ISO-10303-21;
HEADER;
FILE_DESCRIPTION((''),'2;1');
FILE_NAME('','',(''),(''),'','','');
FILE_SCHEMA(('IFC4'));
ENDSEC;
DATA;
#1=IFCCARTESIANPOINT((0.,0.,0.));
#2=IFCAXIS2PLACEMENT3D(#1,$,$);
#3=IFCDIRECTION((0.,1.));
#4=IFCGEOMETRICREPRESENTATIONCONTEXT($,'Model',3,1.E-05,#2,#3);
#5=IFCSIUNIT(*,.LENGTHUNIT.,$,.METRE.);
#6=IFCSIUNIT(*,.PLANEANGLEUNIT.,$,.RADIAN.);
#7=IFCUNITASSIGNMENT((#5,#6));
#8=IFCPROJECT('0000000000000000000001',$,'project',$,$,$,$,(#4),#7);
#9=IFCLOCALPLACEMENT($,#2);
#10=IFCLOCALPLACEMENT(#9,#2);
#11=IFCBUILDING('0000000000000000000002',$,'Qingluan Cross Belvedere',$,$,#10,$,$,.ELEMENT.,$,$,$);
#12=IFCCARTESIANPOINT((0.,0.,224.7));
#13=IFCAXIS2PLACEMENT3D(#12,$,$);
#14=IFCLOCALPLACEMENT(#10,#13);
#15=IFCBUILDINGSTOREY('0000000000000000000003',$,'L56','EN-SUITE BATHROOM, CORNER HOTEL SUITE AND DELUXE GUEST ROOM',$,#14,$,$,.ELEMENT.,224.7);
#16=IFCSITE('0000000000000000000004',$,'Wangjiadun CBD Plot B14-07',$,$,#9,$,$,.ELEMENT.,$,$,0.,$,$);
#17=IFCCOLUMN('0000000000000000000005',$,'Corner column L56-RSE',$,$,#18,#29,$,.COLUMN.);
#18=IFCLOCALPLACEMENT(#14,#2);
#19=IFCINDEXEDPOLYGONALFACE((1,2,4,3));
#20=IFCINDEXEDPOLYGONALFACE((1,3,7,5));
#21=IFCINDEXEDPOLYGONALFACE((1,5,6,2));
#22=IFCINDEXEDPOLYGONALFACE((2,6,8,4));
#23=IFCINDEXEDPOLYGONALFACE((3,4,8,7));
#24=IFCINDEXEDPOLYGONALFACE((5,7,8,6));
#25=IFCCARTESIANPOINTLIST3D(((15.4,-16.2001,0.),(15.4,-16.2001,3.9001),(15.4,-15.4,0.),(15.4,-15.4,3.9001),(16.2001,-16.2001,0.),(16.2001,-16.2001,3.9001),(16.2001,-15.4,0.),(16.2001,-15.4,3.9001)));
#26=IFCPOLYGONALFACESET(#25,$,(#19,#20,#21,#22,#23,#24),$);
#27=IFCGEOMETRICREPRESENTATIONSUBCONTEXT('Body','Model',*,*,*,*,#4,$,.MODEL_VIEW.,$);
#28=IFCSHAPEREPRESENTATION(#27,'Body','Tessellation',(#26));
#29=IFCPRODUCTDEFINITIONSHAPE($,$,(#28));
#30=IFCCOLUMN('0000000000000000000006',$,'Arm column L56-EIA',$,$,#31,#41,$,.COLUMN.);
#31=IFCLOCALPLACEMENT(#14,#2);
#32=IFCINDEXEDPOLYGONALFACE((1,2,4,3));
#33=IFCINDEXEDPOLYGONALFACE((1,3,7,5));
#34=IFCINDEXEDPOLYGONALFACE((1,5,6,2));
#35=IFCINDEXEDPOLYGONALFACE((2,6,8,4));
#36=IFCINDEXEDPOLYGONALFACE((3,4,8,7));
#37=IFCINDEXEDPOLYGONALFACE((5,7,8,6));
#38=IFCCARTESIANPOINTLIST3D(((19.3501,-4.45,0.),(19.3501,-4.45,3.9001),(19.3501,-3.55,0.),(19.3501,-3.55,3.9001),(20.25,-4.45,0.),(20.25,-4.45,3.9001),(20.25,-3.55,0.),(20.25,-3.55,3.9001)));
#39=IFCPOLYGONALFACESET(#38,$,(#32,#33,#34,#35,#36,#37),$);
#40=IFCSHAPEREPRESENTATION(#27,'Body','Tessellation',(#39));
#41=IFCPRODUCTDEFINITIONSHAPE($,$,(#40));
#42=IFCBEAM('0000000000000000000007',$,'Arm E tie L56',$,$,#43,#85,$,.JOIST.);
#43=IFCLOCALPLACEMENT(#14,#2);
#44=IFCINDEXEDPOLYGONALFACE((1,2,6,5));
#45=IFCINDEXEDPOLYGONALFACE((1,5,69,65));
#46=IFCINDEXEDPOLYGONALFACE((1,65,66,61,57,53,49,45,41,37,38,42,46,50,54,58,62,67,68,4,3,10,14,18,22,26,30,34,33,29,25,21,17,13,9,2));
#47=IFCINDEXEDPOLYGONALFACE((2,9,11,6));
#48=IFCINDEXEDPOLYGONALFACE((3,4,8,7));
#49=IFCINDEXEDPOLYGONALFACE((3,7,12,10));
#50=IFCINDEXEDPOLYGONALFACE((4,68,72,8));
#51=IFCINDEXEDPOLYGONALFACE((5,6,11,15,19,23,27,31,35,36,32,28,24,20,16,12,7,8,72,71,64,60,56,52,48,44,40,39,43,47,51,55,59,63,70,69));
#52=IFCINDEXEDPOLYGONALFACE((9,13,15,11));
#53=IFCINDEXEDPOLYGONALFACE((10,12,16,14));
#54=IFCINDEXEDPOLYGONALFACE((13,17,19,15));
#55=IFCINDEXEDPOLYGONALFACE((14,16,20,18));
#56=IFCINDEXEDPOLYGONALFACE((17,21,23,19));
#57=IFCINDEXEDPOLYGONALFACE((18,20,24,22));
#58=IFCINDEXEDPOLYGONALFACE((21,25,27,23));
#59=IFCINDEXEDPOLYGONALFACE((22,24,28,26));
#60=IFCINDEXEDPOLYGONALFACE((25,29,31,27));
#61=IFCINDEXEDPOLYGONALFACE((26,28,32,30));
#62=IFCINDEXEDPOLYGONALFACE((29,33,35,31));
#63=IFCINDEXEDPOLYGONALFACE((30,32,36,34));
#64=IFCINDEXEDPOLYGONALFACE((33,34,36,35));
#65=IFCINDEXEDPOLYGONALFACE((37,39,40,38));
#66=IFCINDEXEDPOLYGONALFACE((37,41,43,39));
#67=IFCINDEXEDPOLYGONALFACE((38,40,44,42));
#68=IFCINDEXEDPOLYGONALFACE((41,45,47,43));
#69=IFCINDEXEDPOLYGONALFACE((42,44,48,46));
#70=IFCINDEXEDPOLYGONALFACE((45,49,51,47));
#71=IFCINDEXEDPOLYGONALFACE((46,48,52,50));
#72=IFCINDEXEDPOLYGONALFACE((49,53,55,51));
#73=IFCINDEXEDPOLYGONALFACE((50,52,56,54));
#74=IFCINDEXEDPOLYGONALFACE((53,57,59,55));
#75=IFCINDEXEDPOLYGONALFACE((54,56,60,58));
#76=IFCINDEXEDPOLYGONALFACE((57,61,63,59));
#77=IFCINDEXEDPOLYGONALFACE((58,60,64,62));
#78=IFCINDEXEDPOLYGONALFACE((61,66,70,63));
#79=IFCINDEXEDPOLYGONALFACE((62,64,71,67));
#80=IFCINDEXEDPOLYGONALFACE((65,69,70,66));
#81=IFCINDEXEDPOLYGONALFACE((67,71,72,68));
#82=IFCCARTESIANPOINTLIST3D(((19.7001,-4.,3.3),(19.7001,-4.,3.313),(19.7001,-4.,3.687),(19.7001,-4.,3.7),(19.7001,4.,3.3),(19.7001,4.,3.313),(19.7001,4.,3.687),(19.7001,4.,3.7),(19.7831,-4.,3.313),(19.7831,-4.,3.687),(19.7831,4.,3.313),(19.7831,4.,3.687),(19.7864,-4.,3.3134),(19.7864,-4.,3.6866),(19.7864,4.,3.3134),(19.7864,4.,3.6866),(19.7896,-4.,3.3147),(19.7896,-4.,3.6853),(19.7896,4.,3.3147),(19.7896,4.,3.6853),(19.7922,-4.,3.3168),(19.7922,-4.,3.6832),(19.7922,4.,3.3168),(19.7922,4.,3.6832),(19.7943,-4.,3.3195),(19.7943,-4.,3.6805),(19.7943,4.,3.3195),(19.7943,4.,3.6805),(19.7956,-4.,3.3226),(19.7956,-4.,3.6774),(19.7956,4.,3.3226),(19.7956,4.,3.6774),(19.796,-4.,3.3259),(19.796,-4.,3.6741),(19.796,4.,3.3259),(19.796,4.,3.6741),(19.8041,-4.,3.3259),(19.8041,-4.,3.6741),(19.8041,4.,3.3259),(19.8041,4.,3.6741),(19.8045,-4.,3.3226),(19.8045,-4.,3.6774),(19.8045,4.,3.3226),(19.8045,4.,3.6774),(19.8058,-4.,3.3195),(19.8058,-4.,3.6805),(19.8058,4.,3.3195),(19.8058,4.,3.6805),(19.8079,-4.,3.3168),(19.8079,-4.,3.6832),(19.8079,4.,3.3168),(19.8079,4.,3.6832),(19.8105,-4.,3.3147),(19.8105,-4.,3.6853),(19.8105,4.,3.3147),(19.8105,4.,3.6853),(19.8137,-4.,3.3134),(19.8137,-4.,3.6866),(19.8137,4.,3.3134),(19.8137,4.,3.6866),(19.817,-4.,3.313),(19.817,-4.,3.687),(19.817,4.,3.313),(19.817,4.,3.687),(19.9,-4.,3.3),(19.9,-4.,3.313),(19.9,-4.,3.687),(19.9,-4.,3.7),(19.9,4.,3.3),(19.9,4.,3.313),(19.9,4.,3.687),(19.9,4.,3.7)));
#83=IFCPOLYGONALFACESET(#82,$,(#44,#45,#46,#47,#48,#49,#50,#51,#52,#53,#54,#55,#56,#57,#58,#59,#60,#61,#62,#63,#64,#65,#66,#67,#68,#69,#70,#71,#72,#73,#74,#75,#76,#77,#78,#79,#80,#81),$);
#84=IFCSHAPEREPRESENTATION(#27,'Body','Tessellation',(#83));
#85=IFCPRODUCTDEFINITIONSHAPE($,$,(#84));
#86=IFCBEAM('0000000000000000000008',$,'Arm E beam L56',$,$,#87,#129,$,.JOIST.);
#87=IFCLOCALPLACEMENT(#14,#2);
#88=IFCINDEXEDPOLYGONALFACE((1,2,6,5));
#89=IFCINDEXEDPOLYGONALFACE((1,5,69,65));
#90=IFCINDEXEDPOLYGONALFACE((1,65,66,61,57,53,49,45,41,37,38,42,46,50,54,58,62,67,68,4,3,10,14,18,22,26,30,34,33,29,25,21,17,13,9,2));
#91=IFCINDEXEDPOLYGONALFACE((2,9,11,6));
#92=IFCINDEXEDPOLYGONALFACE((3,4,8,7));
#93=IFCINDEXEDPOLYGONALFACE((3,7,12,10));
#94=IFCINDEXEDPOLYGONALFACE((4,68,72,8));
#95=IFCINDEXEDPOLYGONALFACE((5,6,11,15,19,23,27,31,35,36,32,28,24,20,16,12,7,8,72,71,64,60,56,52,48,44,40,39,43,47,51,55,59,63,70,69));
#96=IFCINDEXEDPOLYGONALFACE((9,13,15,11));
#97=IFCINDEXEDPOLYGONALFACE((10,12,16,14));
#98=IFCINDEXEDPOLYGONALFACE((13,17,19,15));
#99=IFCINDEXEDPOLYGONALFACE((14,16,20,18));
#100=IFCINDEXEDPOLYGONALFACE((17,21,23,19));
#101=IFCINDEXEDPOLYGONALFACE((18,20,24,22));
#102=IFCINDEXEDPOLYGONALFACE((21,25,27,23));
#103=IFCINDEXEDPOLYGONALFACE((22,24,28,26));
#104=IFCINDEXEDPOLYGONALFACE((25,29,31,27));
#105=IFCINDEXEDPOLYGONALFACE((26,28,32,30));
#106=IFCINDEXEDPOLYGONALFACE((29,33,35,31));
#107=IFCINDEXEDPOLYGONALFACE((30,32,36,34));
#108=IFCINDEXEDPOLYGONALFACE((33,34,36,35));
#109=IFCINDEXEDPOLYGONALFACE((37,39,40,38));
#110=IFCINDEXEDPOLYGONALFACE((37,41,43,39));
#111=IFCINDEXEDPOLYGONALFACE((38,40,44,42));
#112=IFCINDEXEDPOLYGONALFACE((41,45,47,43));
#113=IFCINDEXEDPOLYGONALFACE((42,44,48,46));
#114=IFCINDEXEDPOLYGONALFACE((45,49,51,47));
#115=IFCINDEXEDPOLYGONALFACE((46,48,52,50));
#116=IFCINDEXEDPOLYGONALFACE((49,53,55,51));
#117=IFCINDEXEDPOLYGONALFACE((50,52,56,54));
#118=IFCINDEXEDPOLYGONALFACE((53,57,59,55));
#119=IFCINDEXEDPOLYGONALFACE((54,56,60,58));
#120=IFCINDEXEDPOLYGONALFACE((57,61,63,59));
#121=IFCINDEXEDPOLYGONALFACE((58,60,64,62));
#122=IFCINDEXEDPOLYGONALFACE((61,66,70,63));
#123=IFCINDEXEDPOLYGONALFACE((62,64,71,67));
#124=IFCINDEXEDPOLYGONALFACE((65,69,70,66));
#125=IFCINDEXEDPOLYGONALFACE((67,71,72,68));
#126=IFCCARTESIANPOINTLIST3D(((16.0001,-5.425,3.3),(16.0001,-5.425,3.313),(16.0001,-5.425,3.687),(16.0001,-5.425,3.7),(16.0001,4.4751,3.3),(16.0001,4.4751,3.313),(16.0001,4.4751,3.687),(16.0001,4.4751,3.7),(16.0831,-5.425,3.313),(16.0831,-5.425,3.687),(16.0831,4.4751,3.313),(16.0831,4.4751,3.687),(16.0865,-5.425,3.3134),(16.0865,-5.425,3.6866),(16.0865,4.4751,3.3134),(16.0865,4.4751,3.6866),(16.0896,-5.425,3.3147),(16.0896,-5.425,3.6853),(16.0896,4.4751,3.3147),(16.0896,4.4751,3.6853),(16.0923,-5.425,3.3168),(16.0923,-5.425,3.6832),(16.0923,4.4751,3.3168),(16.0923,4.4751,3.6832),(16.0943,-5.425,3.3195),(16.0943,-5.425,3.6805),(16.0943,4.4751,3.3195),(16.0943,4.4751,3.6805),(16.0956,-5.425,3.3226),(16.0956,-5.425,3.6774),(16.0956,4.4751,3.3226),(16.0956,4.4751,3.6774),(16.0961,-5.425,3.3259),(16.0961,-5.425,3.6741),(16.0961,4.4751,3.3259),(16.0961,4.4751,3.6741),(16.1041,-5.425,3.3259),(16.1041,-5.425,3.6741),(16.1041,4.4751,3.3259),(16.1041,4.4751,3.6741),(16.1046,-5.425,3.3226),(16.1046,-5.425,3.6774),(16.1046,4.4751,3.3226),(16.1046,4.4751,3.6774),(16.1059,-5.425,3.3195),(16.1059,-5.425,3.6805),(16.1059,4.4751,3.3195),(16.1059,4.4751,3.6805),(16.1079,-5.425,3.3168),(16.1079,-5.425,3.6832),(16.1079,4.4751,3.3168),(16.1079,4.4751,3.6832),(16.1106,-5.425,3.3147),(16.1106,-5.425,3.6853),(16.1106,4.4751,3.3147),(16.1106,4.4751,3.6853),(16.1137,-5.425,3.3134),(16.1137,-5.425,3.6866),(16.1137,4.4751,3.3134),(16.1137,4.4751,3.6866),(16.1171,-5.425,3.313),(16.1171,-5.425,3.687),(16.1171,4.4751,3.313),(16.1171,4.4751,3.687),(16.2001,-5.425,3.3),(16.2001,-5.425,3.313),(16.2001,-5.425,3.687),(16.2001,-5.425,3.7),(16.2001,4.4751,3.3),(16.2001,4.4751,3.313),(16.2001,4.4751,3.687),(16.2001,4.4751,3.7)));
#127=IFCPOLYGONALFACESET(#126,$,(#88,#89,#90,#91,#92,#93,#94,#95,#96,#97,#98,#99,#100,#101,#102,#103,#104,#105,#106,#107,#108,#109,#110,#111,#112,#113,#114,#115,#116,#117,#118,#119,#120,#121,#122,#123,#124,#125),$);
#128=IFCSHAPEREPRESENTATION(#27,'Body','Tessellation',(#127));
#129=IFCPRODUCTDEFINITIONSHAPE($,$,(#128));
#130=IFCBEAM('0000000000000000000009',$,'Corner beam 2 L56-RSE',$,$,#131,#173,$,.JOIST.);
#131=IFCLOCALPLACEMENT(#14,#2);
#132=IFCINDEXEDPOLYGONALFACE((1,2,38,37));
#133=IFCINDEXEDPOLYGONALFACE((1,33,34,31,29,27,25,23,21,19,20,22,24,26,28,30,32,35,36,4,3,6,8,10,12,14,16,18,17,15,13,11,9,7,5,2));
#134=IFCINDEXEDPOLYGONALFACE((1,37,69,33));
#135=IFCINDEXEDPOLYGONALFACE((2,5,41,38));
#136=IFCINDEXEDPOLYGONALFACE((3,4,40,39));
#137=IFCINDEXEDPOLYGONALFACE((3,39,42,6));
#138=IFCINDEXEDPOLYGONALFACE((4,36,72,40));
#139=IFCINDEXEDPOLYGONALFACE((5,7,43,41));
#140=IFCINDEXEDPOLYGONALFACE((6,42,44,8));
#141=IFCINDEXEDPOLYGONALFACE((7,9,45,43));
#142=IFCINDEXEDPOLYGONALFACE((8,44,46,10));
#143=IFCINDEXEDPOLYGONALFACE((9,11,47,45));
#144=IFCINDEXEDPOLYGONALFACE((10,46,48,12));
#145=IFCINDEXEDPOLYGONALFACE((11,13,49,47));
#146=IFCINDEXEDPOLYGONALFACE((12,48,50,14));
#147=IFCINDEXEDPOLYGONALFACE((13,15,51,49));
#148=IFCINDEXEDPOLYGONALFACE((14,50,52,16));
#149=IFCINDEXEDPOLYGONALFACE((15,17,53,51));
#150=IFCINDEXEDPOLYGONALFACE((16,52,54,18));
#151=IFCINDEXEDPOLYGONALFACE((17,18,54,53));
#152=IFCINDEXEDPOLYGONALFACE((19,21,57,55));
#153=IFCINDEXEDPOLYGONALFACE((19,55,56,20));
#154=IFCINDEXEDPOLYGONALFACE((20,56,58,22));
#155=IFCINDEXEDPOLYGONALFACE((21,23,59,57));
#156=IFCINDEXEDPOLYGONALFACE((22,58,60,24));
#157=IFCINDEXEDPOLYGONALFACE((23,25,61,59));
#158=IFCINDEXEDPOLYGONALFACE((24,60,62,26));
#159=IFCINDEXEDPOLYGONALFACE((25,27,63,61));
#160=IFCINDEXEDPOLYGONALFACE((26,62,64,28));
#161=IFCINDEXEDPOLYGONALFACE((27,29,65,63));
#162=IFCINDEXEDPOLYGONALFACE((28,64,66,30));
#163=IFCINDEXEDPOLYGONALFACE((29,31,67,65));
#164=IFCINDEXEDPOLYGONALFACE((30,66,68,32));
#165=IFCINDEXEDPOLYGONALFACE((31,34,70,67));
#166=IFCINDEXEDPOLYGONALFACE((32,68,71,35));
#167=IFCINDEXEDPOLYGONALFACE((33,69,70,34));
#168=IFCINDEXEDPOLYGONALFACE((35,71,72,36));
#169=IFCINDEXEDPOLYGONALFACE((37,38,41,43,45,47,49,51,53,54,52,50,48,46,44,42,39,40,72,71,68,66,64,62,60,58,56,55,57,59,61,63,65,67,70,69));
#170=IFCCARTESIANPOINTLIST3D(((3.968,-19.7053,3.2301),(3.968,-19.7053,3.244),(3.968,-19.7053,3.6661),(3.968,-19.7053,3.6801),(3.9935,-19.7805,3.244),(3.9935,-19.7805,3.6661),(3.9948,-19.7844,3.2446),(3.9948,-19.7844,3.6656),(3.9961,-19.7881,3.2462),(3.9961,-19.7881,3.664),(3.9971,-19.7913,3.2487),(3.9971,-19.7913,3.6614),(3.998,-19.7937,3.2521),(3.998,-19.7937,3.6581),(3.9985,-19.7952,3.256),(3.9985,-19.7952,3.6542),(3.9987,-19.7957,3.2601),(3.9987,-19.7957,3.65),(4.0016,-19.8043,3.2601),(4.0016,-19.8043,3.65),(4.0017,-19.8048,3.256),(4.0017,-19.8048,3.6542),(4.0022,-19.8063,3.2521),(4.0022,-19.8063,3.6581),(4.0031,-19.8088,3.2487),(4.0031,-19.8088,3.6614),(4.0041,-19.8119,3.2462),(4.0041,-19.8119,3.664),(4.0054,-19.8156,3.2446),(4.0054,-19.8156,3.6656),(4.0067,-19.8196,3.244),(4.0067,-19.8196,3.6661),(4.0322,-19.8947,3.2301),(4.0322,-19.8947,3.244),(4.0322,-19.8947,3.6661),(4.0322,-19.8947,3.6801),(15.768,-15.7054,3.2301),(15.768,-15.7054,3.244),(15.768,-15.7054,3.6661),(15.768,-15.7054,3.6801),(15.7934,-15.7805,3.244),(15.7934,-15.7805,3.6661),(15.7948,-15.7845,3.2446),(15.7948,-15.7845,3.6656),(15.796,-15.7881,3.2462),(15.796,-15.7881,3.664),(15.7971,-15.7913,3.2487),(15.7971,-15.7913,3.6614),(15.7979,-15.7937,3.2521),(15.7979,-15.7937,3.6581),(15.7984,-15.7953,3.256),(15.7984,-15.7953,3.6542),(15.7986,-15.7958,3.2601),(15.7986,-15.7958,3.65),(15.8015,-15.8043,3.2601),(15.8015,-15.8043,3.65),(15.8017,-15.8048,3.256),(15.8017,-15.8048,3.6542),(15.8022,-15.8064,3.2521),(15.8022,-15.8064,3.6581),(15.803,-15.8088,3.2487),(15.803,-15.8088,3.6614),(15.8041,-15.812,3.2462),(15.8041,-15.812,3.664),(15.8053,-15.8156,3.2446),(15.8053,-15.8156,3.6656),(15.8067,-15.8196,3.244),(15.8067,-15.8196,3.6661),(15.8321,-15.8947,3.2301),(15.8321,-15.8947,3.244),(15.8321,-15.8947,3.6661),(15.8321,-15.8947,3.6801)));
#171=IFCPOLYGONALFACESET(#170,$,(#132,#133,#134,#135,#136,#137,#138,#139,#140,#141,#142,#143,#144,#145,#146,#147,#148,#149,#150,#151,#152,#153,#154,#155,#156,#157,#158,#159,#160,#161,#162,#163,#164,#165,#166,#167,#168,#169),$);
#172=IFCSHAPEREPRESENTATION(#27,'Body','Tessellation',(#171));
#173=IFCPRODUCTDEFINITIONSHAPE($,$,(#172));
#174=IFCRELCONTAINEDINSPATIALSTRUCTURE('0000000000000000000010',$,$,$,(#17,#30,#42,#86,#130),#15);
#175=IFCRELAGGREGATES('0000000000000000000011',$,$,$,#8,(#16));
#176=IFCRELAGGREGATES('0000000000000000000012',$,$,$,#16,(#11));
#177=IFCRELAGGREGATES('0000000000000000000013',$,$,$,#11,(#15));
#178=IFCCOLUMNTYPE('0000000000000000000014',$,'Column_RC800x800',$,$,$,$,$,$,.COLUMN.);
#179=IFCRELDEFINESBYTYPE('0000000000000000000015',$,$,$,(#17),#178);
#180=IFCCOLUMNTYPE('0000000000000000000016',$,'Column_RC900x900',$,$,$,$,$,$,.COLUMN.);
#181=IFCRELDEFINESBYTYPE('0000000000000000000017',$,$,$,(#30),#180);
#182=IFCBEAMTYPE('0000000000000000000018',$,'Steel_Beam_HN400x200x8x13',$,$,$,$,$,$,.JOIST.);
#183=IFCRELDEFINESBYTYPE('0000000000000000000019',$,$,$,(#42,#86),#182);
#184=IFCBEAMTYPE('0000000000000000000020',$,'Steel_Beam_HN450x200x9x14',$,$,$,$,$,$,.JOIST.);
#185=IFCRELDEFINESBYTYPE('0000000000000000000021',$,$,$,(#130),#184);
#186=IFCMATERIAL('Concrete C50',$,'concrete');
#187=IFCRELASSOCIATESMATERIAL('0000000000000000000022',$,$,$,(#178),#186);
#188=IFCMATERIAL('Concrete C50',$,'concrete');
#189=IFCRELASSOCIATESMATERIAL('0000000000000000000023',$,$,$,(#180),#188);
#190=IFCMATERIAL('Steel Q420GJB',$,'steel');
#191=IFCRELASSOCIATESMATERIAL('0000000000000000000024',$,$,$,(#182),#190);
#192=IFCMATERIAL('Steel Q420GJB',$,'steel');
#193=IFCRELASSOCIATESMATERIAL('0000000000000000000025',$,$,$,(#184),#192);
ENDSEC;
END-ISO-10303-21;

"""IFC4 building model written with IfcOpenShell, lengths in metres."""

from ifc_helpers import new_model, si_unit, direction, frame, origin, origin_2d, place, context, subcontext, project, spatial, rectangle, i_section, extrude, material, material_profile, profile_set, type_object, element, save


model = new_model("IFC4")

# Units and contexts
model_context = context("Model", 3, precision=1e-05, world=origin(), true_north=direction((0.0, 1.0)))
body_context = subcontext(model_context, "Body", "Model", "MODEL_VIEW")
ifc_project = project(units=[si_unit("LENGTHUNIT", "METRE"), si_unit("PLANEANGLEUNIT", "RADIAN")], contexts=[model_context])

# Site, building, storey
site_placement = place(None, origin())
site = spatial("IfcSite", under=ifc_project, at=site_placement, Name="Wangjiadun CBD Plot B14-07", CompositionType="ELEMENT", RefElevation=0.0)
building_placement = place(site_placement, origin())
building = spatial("IfcBuilding", under=site, at=building_placement, Name="Qingluan Cross Belvedere", CompositionType="ELEMENT")
storey_placement = place(building_placement, frame((0.0, 0.0, 224.7)))
storey = spatial("IfcBuildingStorey", under=building, at=storey_placement, Name="L56", Description="EN-SUITE BATHROOM, CORNER HOTEL SUITE AND DELUXE GUEST ROOM", CompositionType="ELEMENT", Elevation=224.7)

# Columns
ifc_material_1 = material(Name="Concrete C50", Category="concrete")
ifc_material_profile_1 = material_profile(ifc_material_1, rectangle(XDim=0.8, YDim=0.8, at=origin_2d()), Name="RC800x800")
ifc_profile_set_1 = profile_set([ifc_material_profile_1], Name="Concrete C50")
column_type_1 = type_object("IfcColumnType", Name="Column_RC800x800", PredefinedType="COLUMN", material=ifc_profile_set_1)
column_1_placement = place(storey_placement, frame((15.8, -15.8, 0.0), z_axis=(0.0, 0.0, 1.0), x_axis=(1.0, 0.0, 0.0)))
element("IfcColumn", 1, at=column_1_placement, inside=storey, type_object=column_type_1, Name="Corner column L56-RSE", PredefinedType="COLUMN", context=body_context, shape_type="SweptSolid", body=[
    extrude(rectangle(XDim=0.8, YDim=0.8, at=origin_2d()), origin(), (0.0, 0.0, 1.0), 3.9001),
])
ifc_material_2 = material(Name="Concrete C50", Category="concrete")
ifc_material_profile_2 = material_profile(ifc_material_2, rectangle(XDim=0.8999, YDim=0.8999, at=origin_2d()), Name="RC900x900")
ifc_profile_set_2 = profile_set([ifc_material_profile_2], Name="Concrete C50")
column_type_2 = type_object("IfcColumnType", Name="Column_RC900x900", PredefinedType="COLUMN", material=ifc_profile_set_2)
column_2_placement = place(storey_placement, frame((19.8, -4.0, 0.0), z_axis=(0.0, 0.0, 1.0), x_axis=(1.0, 0.0, 0.0)))
element("IfcColumn", 2, at=column_2_placement, inside=storey, type_object=column_type_2, Name="Arm column L56-EIA", PredefinedType="COLUMN", context=body_context, shape_type="SweptSolid", body=[
    extrude(rectangle(XDim=0.8999, YDim=0.8999, at=origin_2d()), origin(), (0.0, 0.0, 1.0), 3.9001),
])

# Beams
ifc_material_3 = material(Name="Steel Q420GJB", Category="steel")
ifc_material_profile_3 = material_profile(ifc_material_3, i_section(OverallWidth=0.2, OverallDepth=0.3999, WebThickness=0.0081, FlangeThickness=0.0129, FilletRadius=0.0129, at=origin_2d()), Name="HN400x200x8x13")
ifc_profile_set_3 = profile_set([ifc_material_profile_3], Name="Steel Q420GJB")
beam_type_1 = type_object("IfcBeamType", Name="Steel_Beam_HN400x200x8x13", PredefinedType="JOIST", material=ifc_profile_set_3)
beam_1_placement = place(storey_placement, frame((19.8, -4.0, 3.5), z_axis=(0.0, 1.0, 0.0), x_axis=(-1.0, 0.0, 0.0)))
element("IfcBeam", 3, at=beam_1_placement, inside=storey, type_object=beam_type_1, Name="Arm E tie L56", PredefinedType="JOIST", context=body_context, shape_type="SweptSolid", body=[
    extrude(i_section(OverallWidth=0.2, OverallDepth=0.3999, WebThickness=0.0081, FlangeThickness=0.0129, FilletRadius=0.0129, at=origin_2d()), origin(), (0.0, 0.0, 1.0), 8.0),
])
beam_2_placement = place(storey_placement, frame((16.1001, -5.425, 3.5), z_axis=(0.0, 1.0, 0.0), x_axis=(-1.0, 0.0, 0.0)))
element("IfcBeam", 4, at=beam_2_placement, inside=storey, type_object=beam_type_1, Name="Arm E beam L56", PredefinedType="JOIST", context=body_context, shape_type="SweptSolid", body=[
    extrude(i_section(OverallWidth=0.2, OverallDepth=0.3999, WebThickness=0.0081, FlangeThickness=0.0129, FilletRadius=0.0129, at=origin_2d()), origin(), (0.0, 0.0, 1.0), 9.9001),
])
ifc_material_4 = material(Name="Steel Q420GJB", Category="steel")
ifc_material_profile_4 = material_profile(ifc_material_4, i_section(OverallWidth=0.2, OverallDepth=0.45, WebThickness=0.009, FlangeThickness=0.0139, FilletRadius=0.0161, at=origin_2d()), Name="HN450x200x9x14")
ifc_profile_set_4 = profile_set([ifc_material_profile_4], Name="Steel Q420GJB")
beam_type_2 = type_object("IfcBeamType", Name="Steel_Beam_HN450x200x9x14", PredefinedType="JOIST", material=ifc_profile_set_4)
for number, where, z_axis, x_axis, name in (
    (5, (15.8, -15.8, 3.4551), (-0.947066, -0.321038, 0.0), (0.321038, -0.947066, 0.0), "Corner beam 2 L56-RSE"),
):
    element("IfcBeam", number, at=place(storey_placement, frame(where, z_axis=z_axis, x_axis=x_axis)), inside=storey, type_object=beam_type_2, Name=name, PredefinedType="JOIST", context=body_context, shape_type="SweptSolid", body=[
        extrude(i_section(OverallWidth=0.2, OverallDepth=0.45, WebThickness=0.009, FlangeThickness=0.0139, FilletRadius=0.0161, at=origin_2d()), origin(), (0.0, 0.0, 1.0), 12.4595),
    ])

save(model, "model.ifc")
